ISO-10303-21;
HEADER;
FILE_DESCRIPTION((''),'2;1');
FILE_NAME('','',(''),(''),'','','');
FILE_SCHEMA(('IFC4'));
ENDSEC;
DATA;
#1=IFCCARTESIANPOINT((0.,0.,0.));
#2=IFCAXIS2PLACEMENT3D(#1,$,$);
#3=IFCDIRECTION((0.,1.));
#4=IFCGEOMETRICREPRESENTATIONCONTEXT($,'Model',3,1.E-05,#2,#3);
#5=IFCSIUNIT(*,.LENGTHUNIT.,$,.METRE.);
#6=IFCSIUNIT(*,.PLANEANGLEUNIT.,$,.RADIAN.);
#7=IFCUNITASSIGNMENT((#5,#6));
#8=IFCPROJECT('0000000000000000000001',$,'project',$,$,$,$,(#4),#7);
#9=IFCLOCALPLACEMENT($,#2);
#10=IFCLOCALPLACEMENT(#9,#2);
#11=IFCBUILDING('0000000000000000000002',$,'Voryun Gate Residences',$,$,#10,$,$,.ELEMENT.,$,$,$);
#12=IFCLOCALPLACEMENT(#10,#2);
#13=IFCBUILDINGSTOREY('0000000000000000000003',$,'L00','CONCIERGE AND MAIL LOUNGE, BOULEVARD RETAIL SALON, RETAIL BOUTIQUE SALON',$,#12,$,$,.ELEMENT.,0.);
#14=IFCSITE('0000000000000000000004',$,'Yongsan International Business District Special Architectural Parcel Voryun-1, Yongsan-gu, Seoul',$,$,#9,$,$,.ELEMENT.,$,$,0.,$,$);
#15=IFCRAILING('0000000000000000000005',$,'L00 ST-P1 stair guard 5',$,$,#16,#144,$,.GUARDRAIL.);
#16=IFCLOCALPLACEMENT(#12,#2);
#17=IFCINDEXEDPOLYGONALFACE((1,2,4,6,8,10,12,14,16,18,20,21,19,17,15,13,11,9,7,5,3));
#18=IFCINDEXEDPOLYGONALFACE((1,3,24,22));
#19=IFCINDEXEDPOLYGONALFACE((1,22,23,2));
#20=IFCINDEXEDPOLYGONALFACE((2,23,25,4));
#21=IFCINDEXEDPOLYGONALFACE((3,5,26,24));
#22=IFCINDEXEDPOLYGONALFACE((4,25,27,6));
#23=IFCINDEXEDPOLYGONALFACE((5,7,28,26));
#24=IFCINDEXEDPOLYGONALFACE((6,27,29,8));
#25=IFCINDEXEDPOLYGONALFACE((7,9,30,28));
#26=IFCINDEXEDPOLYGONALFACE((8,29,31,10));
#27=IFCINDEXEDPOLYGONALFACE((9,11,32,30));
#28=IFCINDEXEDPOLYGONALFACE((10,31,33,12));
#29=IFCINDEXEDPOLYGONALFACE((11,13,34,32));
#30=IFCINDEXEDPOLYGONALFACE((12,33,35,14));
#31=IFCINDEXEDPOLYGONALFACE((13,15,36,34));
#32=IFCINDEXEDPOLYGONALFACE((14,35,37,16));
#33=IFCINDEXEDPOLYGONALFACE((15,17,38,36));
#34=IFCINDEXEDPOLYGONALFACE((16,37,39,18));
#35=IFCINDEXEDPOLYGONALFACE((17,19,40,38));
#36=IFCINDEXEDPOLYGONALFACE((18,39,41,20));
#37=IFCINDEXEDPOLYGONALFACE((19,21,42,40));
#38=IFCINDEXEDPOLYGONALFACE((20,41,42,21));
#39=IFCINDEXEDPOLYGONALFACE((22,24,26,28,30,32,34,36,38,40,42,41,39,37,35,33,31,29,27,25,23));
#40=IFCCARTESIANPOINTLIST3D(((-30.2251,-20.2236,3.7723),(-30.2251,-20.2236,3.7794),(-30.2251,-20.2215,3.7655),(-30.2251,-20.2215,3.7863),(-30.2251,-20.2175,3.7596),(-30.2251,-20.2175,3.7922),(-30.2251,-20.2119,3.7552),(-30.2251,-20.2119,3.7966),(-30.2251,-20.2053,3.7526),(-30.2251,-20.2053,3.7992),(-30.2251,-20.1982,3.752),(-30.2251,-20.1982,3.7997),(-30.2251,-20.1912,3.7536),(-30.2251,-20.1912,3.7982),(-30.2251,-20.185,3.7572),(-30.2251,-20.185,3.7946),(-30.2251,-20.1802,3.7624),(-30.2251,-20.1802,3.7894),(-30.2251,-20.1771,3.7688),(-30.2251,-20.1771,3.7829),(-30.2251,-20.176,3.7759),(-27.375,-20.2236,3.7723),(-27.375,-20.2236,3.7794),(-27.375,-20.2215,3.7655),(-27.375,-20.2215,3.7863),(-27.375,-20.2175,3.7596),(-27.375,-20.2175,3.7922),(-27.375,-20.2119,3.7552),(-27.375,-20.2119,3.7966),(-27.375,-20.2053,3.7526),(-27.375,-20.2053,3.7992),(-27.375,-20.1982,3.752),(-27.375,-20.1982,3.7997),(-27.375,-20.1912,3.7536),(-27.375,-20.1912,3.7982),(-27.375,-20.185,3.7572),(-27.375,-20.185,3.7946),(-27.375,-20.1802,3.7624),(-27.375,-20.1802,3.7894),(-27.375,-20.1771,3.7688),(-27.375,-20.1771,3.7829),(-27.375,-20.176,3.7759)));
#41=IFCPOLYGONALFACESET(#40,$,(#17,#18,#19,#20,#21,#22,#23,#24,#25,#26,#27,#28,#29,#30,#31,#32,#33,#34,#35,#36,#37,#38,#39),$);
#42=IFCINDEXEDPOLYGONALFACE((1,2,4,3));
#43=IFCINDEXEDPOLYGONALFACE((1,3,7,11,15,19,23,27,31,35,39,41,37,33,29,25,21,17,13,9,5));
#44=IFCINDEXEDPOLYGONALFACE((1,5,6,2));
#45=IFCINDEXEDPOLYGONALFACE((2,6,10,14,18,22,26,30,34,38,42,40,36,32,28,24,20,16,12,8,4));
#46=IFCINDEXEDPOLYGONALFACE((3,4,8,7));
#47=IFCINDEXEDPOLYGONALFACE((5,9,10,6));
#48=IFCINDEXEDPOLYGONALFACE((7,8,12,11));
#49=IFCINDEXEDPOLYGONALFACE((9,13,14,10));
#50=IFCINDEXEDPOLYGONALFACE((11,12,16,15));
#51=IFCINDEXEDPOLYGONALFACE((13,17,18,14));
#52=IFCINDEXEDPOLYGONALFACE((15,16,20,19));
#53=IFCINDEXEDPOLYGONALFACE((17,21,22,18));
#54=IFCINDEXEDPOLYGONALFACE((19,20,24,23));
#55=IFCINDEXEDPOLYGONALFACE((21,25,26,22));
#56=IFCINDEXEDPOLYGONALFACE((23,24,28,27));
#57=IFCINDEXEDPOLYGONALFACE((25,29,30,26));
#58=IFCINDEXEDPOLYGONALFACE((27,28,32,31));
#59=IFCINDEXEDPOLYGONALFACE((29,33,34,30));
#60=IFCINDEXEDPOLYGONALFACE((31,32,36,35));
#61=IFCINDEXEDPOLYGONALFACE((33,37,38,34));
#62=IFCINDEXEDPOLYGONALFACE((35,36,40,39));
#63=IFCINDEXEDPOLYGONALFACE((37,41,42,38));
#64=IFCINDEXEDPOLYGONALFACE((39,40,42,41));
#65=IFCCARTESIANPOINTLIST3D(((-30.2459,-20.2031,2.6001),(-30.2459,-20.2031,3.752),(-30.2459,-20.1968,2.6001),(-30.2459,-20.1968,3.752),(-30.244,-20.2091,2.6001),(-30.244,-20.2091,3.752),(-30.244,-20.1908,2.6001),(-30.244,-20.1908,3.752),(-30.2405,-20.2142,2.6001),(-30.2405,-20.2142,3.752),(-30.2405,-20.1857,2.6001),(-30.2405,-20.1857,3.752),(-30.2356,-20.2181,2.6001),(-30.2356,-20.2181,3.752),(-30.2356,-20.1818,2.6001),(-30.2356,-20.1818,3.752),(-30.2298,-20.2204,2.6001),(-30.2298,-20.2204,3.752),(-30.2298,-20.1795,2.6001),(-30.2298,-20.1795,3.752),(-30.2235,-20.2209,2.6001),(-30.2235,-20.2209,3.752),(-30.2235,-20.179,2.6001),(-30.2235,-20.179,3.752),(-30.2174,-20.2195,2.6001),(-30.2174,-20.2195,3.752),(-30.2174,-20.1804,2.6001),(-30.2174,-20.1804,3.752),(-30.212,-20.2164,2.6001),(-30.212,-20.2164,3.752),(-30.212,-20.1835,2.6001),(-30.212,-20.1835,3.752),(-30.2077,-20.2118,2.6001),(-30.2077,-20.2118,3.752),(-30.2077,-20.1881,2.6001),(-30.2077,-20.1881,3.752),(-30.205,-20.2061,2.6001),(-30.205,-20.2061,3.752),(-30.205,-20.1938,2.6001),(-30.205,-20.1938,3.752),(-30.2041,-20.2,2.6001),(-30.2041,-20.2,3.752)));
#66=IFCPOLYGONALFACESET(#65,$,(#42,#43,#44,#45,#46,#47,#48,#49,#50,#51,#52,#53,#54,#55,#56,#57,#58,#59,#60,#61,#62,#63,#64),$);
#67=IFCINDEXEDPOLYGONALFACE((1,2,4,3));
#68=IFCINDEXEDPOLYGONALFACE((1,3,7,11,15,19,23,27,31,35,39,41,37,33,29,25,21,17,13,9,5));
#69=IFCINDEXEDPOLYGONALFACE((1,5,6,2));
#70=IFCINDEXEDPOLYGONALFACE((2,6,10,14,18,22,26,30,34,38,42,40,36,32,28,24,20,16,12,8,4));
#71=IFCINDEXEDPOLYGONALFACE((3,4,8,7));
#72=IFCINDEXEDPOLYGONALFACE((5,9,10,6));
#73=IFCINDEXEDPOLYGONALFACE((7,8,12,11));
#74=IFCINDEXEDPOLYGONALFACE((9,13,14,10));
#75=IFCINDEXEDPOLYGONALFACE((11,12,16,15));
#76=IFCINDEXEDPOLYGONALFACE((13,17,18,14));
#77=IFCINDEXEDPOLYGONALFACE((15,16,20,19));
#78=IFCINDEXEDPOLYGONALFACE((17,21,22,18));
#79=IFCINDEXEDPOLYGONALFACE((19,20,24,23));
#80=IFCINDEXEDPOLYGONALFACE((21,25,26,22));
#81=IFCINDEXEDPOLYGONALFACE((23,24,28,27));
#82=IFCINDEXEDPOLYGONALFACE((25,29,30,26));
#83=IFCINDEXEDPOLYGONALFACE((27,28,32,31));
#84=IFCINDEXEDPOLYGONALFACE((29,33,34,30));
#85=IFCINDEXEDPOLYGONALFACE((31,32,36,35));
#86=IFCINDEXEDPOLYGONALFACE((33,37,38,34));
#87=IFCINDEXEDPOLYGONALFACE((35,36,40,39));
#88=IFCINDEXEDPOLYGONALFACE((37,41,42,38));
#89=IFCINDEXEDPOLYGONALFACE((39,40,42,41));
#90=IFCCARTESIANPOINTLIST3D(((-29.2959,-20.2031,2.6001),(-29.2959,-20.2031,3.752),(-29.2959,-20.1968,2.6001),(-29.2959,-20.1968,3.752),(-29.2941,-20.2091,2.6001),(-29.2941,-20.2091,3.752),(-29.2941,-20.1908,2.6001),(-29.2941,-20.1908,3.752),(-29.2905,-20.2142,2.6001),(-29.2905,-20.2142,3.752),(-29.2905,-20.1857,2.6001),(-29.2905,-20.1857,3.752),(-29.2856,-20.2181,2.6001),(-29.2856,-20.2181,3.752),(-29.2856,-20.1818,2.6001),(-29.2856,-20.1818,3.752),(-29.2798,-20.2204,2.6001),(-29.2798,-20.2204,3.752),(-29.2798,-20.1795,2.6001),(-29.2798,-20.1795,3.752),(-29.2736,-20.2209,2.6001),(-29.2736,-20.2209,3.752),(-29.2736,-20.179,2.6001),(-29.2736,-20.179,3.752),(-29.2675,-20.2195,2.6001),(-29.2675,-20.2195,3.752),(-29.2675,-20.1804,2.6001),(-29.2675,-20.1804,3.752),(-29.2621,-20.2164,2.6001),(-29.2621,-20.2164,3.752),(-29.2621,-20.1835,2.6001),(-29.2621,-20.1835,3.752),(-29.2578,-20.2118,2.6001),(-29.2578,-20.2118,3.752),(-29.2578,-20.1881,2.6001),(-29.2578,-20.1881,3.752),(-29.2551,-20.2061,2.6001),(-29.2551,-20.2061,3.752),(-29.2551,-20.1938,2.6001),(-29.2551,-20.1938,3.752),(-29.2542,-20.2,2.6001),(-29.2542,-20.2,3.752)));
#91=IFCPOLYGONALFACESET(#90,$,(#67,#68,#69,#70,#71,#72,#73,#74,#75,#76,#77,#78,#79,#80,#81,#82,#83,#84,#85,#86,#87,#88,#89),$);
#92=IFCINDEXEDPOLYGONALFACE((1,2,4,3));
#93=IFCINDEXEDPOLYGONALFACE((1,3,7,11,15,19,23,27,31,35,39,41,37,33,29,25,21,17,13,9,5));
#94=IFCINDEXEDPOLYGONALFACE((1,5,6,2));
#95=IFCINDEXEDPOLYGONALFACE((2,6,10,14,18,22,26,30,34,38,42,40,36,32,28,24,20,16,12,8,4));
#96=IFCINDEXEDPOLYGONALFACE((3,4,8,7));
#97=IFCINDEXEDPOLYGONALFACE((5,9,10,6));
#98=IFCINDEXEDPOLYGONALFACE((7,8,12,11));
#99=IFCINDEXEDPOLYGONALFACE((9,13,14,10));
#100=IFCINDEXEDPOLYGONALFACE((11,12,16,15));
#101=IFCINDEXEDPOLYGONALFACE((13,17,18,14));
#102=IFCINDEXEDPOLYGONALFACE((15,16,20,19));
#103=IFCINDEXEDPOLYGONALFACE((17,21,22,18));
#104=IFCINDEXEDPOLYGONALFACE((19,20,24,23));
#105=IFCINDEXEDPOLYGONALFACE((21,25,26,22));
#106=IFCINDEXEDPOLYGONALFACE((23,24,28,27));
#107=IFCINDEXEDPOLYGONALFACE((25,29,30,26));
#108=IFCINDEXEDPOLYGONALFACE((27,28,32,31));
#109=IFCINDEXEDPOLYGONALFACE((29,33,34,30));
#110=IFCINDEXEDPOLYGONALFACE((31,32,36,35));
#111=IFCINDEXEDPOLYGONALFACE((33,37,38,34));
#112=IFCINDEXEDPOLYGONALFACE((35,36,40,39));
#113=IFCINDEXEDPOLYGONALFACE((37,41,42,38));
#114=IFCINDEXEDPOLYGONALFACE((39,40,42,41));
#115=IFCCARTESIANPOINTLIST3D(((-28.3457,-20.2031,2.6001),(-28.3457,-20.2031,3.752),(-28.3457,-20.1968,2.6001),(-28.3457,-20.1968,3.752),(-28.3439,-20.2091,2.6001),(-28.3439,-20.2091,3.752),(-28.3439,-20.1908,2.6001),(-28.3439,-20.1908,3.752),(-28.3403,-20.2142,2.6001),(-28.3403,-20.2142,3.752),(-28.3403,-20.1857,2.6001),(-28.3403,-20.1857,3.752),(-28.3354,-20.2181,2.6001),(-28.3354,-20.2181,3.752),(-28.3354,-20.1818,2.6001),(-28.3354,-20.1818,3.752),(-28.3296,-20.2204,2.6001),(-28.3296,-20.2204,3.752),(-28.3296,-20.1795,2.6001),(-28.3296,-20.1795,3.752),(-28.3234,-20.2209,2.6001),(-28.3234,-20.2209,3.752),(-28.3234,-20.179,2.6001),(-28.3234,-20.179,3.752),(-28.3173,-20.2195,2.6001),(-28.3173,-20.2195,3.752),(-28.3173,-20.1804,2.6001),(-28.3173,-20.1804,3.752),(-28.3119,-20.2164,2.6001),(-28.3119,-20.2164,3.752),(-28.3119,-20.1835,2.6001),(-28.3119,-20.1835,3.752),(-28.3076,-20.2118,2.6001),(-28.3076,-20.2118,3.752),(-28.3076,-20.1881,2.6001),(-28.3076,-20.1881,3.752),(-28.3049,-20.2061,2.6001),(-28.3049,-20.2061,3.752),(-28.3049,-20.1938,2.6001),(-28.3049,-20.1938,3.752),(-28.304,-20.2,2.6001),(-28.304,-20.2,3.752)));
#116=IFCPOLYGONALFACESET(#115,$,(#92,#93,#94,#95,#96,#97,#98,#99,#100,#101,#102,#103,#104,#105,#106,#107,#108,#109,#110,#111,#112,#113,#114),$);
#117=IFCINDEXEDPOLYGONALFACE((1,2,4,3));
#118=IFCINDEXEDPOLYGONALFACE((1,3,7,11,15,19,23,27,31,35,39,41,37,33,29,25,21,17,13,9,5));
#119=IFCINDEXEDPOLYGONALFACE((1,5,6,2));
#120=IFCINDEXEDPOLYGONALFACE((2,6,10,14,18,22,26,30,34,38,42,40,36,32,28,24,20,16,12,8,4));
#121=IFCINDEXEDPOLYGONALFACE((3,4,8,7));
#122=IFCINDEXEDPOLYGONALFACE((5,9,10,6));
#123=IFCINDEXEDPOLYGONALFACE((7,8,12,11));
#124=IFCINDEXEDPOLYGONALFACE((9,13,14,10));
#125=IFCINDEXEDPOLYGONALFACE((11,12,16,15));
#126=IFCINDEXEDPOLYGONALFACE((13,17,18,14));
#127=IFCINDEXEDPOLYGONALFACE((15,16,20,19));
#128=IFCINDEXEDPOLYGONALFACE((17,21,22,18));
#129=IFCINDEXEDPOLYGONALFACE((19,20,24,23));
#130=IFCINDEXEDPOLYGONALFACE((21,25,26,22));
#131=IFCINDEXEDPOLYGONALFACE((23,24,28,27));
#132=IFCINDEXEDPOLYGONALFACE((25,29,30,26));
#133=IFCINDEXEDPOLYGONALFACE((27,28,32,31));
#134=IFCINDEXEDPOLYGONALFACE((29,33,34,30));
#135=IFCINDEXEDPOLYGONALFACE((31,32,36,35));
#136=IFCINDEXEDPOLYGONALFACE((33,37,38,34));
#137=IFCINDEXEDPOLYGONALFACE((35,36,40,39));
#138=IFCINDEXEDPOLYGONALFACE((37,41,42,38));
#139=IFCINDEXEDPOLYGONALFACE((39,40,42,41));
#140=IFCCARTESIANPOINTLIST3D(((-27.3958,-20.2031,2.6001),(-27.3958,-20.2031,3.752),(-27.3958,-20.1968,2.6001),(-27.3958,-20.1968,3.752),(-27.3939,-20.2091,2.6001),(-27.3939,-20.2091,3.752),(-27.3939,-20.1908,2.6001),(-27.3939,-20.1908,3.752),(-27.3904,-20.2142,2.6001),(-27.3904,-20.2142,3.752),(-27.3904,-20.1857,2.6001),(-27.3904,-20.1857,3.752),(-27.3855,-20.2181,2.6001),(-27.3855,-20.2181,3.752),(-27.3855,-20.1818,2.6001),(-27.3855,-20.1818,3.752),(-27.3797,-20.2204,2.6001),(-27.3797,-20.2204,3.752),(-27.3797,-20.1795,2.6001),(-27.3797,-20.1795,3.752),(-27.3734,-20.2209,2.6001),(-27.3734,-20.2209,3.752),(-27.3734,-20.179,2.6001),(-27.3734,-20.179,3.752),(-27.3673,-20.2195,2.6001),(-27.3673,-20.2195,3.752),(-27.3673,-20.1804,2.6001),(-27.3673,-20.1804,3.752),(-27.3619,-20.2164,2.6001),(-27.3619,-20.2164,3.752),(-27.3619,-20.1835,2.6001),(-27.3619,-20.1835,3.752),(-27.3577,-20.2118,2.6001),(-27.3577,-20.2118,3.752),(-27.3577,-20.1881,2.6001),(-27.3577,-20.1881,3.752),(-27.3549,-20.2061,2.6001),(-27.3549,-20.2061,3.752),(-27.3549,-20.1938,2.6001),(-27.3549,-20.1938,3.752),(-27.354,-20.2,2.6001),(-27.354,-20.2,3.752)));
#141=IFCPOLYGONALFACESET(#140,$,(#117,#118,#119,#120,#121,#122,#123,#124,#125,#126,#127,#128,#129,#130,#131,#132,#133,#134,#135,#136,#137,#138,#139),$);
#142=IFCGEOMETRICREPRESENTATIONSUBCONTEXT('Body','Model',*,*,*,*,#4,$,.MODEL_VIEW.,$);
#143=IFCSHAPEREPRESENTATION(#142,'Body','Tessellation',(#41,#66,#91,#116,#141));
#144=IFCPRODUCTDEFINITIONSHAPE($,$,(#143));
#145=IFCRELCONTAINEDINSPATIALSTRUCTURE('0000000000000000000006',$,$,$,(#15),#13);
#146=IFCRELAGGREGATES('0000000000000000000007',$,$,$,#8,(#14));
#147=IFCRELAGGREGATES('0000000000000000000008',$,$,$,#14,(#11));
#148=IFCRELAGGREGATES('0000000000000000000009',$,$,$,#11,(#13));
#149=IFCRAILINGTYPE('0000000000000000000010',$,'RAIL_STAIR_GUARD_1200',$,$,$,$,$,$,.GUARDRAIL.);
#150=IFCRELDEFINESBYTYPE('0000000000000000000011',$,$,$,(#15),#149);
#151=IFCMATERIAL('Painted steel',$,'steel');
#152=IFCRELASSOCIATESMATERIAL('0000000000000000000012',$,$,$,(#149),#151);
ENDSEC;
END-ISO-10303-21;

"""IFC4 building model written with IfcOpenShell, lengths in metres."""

from ifc_helpers import new_model, si_unit, direction, frame, origin, origin_2d, place, context, subcontext, project, spatial, circle, extrude, material, type_object, element, save


model = new_model("IFC4")

# Units and contexts
model_context = context("Model", 3, precision=1e-05, world=origin(), true_north=direction((0.0, 1.0)))
body_context = subcontext(model_context, "Body", "Model", "MODEL_VIEW")
ifc_project = project(units=[si_unit("LENGTHUNIT", "METRE"), si_unit("PLANEANGLEUNIT", "RADIAN")], contexts=[model_context])

# Site, building, storey
site_placement = place(None, origin())
site = spatial("IfcSite", under=ifc_project, at=site_placement, Name="Yongsan International Business District Special Architectural Parcel Voryun-1, Yongsan-gu, Seoul", CompositionType="ELEMENT", RefElevation=0.0)
building_placement = place(site_placement, origin())
building = spatial("IfcBuilding", under=site, at=building_placement, Name="Voryun Gate Residences", CompositionType="ELEMENT")
storey_placement = place(building_placement, origin())
storey = spatial("IfcBuildingStorey", under=building, at=storey_placement, Name="L00", Description="CONCIERGE AND MAIL LOUNGE, BOULEVARD RETAIL SALON, RETAIL BOUTIQUE SALON", CompositionType="ELEMENT", Elevation=0.0)

# Railing
ifc_material_1 = material(Name="Painted steel", Category="steel")
railing_type_1 = type_object("IfcRailingType", Name="RAIL_STAIR_GUARD_1200", PredefinedType="GUARDRAIL", material=ifc_material_1)
railing_1_placement = place(storey_placement, frame((-30.2251, -20.2, 2.6001)))
element("IfcRailing", 1, at=railing_1_placement, inside=storey, type_object=railing_type_1, Name="L00 ST-P1 stair guard 5", PredefinedType="GUARDRAIL", context=body_context, shape_type="SweptSolid", body=[
    extrude(circle(Radius=0.0239, at=origin_2d()), frame((0.0, 0.0, 1.1758), z_axis=(1.0, 0.0, 0.0), x_axis=(0.0, 1.0, 0.0)), (0.0, 0.0, 1.0), 2.8501),
    extrude(circle(Radius=0.021, at=origin_2d()), origin(), (0.0, 0.0, 1.0), 1.1519),
    extrude(circle(Radius=0.021, at=origin_2d()), frame((0.95, 0.0, 0.0)), (0.0, 0.0, 1.0), 1.1519),
    extrude(circle(Radius=0.021, at=origin_2d()), frame((1.9001, 0.0, 0.0)), (0.0, 0.0, 1.0), 1.1519),
    extrude(circle(Radius=0.021, at=origin_2d()), frame((2.8501, 0.0, 0.0)), (0.0, 0.0, 1.0), 1.1519),
])

save(model, "model.ifc")
